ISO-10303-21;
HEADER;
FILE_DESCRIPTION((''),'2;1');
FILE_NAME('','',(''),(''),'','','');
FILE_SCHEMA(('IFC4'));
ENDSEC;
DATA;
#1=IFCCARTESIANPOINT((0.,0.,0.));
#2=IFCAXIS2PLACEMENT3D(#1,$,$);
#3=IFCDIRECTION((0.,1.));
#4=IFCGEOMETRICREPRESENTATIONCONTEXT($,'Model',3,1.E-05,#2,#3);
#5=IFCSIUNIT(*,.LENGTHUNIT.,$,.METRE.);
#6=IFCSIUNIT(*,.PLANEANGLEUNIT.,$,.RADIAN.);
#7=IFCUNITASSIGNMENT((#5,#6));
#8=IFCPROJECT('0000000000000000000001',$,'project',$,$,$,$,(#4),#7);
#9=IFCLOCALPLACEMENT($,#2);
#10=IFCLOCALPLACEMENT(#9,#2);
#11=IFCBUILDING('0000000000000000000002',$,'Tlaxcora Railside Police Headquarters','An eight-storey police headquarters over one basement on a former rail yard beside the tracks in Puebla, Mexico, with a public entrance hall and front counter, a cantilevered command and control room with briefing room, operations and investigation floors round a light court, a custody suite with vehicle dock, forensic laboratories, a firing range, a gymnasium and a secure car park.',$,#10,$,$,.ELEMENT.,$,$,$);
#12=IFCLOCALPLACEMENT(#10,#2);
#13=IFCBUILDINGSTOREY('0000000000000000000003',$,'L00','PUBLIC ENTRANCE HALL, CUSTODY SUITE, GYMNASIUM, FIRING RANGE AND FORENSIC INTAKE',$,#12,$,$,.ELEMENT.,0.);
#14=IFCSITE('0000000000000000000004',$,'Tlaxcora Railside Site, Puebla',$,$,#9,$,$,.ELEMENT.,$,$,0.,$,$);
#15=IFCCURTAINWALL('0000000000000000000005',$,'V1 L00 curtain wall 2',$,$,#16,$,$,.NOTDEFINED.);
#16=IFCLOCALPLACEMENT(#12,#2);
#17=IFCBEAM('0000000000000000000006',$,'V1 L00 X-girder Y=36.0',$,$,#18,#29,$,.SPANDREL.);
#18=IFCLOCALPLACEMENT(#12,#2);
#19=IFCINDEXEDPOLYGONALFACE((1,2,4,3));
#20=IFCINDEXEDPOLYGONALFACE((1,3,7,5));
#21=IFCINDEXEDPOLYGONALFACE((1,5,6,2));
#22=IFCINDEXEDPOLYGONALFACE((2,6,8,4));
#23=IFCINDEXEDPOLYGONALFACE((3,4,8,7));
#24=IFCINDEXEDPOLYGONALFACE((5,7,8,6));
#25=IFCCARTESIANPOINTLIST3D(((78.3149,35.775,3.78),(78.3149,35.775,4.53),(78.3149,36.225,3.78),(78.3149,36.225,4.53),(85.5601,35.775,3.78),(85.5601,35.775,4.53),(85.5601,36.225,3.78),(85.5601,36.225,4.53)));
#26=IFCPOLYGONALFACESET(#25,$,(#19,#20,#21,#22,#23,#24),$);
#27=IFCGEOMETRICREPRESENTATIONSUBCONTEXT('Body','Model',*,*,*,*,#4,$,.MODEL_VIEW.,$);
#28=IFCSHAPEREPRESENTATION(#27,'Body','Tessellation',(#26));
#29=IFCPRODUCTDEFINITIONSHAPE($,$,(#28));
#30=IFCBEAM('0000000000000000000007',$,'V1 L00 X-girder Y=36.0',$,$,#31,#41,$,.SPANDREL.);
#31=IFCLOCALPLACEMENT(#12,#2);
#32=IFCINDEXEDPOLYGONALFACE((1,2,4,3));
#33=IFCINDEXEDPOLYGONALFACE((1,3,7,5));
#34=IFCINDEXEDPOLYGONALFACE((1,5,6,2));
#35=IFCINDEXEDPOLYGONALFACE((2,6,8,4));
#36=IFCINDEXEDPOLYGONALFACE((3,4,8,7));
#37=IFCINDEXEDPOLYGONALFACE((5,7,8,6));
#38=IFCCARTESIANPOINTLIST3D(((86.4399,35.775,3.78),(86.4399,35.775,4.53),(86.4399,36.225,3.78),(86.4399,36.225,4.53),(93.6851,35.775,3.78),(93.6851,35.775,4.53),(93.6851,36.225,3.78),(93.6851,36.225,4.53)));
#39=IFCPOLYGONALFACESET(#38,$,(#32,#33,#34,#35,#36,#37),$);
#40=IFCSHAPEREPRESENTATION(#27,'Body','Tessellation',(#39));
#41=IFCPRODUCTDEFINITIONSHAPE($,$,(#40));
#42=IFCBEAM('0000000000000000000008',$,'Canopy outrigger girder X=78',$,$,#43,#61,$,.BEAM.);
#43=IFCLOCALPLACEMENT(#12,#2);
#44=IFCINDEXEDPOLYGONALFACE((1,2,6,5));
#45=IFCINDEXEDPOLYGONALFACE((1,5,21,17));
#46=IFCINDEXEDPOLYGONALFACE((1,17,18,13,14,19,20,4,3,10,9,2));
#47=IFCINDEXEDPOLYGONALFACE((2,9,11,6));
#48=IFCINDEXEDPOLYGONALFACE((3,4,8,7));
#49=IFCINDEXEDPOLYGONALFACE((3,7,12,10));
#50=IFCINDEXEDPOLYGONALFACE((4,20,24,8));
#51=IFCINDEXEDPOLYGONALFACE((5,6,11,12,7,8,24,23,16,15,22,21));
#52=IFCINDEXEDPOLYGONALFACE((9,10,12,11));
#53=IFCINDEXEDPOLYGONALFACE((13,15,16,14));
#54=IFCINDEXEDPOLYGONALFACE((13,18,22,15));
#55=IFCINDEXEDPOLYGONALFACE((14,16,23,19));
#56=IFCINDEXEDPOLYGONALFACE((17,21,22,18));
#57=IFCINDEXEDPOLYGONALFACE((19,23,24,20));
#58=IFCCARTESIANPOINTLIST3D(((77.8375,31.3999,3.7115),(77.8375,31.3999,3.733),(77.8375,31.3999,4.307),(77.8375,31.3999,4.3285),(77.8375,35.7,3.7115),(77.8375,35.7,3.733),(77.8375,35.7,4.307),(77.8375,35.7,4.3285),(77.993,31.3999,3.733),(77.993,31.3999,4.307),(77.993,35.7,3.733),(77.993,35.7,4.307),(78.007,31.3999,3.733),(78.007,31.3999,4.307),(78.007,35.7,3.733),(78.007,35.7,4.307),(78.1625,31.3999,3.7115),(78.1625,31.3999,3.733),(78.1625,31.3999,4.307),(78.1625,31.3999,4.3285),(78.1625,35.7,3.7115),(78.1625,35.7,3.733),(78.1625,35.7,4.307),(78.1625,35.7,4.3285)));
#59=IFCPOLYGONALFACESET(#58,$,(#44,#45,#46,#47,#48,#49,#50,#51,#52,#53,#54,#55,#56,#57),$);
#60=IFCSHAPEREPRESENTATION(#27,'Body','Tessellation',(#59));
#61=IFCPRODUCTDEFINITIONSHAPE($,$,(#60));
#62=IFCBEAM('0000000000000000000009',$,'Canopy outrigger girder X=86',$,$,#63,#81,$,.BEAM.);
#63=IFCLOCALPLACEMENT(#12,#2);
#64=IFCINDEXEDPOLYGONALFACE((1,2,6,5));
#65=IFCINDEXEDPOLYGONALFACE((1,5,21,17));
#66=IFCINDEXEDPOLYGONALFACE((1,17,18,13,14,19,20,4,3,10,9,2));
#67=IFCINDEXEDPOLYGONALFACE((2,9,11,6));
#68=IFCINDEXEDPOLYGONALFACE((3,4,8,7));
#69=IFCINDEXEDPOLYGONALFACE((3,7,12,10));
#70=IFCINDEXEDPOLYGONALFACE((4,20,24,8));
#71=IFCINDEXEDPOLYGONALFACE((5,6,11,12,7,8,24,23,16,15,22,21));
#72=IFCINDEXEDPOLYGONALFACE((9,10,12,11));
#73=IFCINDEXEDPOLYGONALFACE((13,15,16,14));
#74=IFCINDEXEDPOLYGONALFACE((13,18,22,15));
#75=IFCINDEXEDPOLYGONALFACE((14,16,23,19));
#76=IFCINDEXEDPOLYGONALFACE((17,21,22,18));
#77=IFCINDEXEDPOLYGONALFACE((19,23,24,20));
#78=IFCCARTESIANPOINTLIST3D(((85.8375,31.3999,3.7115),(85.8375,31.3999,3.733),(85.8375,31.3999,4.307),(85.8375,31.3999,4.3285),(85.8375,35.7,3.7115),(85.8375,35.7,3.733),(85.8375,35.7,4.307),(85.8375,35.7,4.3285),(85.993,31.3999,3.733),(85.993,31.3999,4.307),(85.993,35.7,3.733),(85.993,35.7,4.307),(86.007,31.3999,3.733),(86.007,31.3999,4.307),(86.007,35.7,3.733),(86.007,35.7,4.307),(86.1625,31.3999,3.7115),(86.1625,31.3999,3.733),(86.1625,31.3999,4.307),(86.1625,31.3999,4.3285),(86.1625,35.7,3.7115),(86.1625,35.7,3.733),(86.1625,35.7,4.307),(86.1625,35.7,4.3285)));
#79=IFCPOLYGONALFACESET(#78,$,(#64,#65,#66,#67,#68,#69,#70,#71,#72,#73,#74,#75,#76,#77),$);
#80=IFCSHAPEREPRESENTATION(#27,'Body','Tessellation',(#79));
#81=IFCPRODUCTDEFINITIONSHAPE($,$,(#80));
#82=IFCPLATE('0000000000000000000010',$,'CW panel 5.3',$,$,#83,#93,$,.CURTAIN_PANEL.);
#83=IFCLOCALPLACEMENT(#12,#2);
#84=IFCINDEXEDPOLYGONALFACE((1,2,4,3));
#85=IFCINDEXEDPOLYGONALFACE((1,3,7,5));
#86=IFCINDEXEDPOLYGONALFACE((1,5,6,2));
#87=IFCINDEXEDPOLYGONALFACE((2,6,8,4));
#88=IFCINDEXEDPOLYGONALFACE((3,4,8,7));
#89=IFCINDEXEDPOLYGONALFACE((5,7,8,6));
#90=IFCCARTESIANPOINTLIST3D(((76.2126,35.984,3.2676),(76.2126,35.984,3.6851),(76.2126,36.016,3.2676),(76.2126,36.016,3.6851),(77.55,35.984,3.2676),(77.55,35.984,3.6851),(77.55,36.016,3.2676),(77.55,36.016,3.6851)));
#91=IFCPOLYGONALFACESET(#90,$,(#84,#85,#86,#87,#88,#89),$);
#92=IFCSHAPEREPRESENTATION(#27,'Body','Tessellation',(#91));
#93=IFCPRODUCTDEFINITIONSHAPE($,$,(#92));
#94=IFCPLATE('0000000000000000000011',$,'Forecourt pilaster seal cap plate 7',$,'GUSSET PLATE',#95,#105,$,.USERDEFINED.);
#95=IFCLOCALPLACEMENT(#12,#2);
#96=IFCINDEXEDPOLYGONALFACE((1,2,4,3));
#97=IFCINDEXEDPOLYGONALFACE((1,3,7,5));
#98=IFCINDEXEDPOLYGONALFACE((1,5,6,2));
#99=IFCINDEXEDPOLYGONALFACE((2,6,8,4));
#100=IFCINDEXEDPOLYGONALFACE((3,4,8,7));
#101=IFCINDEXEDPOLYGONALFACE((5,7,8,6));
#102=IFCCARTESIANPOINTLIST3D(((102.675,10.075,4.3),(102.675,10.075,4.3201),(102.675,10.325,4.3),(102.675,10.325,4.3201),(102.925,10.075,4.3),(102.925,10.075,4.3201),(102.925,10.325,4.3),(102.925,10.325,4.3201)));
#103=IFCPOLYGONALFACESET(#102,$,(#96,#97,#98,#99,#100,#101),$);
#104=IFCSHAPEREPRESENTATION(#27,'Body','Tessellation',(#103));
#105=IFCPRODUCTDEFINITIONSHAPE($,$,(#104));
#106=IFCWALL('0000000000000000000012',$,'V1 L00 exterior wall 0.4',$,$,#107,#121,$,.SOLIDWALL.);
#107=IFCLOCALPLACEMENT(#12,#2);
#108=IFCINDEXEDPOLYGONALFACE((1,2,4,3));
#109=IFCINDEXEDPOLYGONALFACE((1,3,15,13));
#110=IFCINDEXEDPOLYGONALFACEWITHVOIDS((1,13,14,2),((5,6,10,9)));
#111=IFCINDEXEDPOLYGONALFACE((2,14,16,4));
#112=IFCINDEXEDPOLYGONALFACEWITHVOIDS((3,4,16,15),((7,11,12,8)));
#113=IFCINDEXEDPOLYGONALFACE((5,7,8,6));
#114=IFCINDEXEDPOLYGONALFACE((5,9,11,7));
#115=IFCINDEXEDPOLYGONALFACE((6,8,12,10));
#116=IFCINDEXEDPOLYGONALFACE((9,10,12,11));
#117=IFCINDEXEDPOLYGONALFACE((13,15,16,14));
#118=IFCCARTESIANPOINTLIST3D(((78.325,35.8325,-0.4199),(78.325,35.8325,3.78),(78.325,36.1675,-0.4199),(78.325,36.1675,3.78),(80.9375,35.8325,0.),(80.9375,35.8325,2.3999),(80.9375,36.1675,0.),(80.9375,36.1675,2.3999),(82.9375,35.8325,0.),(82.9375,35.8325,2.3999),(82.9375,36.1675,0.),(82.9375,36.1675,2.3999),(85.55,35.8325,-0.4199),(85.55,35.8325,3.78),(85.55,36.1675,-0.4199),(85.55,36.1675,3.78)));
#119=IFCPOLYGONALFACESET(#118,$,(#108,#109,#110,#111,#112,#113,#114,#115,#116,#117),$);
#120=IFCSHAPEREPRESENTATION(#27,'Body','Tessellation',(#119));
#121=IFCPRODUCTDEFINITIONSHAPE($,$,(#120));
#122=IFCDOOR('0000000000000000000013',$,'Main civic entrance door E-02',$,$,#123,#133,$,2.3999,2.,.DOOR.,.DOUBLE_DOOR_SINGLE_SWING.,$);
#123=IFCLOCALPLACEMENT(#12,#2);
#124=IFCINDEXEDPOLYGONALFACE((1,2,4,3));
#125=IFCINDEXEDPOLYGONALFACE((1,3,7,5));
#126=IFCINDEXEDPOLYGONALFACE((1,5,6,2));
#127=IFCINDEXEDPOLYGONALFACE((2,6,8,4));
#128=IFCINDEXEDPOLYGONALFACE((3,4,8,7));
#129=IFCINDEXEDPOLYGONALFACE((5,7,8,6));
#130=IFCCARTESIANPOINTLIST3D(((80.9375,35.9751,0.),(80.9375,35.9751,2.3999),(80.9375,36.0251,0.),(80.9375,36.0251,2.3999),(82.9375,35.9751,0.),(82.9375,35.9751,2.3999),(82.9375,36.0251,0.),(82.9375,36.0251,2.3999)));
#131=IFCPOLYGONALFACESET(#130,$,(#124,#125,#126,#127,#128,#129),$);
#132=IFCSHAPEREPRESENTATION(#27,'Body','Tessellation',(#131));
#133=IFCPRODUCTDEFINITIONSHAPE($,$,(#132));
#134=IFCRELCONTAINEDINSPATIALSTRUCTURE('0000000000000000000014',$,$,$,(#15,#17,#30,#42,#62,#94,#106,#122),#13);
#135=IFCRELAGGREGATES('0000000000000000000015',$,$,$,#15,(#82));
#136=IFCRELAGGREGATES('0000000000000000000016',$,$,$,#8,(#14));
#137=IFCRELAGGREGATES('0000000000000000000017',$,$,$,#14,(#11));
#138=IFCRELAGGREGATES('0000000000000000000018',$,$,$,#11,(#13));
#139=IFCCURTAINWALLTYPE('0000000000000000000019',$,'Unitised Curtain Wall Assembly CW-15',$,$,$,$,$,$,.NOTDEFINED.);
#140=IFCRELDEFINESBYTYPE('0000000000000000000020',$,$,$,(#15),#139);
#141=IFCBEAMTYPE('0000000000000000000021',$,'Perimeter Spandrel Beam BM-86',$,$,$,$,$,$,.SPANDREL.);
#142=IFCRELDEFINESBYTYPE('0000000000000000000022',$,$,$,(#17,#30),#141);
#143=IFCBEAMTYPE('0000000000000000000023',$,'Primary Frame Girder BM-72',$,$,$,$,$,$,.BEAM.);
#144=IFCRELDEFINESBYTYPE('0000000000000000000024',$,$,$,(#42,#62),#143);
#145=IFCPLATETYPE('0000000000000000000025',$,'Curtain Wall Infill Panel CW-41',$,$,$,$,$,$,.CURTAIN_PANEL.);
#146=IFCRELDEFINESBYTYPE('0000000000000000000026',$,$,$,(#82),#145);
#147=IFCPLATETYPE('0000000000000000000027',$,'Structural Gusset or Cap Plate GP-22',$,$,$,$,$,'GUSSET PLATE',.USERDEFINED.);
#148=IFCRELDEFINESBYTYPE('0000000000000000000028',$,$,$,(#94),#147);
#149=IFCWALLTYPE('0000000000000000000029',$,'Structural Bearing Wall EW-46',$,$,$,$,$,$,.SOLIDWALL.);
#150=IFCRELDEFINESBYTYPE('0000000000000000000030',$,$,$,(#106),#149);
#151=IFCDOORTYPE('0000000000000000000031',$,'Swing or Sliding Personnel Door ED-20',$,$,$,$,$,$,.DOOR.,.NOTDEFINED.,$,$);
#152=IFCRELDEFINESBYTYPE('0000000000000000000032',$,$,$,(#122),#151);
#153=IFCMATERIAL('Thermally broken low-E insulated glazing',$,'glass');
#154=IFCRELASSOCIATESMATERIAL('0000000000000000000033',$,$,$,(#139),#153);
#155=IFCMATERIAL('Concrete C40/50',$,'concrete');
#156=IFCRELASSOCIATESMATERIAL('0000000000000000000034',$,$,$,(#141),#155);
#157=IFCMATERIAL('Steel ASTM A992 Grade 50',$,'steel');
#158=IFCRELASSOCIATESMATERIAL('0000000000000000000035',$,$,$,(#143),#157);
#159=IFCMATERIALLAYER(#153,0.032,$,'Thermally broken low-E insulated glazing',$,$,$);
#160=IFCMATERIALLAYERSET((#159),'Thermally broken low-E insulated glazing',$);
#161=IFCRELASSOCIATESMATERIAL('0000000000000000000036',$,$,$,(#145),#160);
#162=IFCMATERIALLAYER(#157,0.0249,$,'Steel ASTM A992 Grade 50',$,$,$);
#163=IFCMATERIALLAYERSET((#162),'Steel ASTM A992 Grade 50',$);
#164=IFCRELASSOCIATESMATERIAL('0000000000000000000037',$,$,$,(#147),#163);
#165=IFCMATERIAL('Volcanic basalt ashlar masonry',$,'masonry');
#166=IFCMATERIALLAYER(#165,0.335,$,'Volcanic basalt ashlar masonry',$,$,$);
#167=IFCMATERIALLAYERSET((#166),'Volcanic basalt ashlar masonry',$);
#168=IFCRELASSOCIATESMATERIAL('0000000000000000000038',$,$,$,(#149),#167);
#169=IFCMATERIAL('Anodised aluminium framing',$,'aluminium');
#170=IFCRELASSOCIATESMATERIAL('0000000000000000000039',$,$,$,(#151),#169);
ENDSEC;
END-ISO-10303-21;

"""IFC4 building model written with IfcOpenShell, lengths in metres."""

from ifc_helpers import new_model, si_unit, direction, frame, frame_2d, origin, origin_2d, place, context, subcontext, project, spatial, rectangle, i_section, extrude, material, layer, layer_set, material_profile, profile_set, type_object, element, fill, aggregate, save


model = new_model("IFC4")

# Units and contexts
model_context = context("Model", 3, precision=1e-05, world=origin(), true_north=direction((0.0, 1.0)))
body_context = subcontext(model_context, "Body", "Model", "MODEL_VIEW")
ifc_project = project(units=[si_unit("LENGTHUNIT", "METRE"), si_unit("PLANEANGLEUNIT", "RADIAN")], contexts=[model_context])

# Site, building, storey
site_placement = place(None, origin())
site = spatial("IfcSite", under=ifc_project, at=site_placement, Name="Tlaxcora Railside Site, Puebla", CompositionType="ELEMENT", RefElevation=0.0)
building_placement = place(site_placement, origin())
building = spatial("IfcBuilding", under=site, at=building_placement, Name="Tlaxcora Railside Police Headquarters", Description="An eight-storey police headquarters over one basement on a former rail yard beside the tracks in Puebla, Mexico, with a public entrance hall and front counter, a cantilevered command and control room with briefing room, operations and investigation floors round a light court, a custody suite with vehicle dock, forensic laboratories, a firing range, a gymnasium and a secure car park.", CompositionType="ELEMENT")
storey_placement = place(building_placement, origin())
storey = spatial("IfcBuildingStorey", under=building, at=storey_placement, Name="L00", Description="PUBLIC ENTRANCE HALL, CUSTODY SUITE, GYMNASIUM, FIRING RANGE AND FORENSIC INTAKE", CompositionType="ELEMENT", Elevation=0.0)

# Shared definitions
ifc_material_1 = material(Name="Concrete C40/50", Category="concrete")

# Shared definitions
ifc_material_2 = material(Name="Steel ASTM A992 Grade 50", Category="steel")

# Curtain wall
ifc_material_3 = material(Name="Thermally broken low-E insulated glazing", Category="glass")
curtain_wall_type_1 = type_object("IfcCurtainWallType", Name="Unitised Curtain Wall Assembly CW-15", PredefinedType="NOTDEFINED", material=ifc_material_3)
curtain_wall_1_placement = place(storey_placement, origin())
curtain_wall_1 = element("IfcCurtainWall", 1, at=curtain_wall_1_placement, inside=storey, type_object=curtain_wall_type_1, Name="V1 L00 curtain wall 2", PredefinedType="NOTDEFINED")
ifc_material_4 = material(Name="Anodised aluminium framing", Category="aluminium")

# Beams
ifc_material_profile_1 = material_profile(ifc_material_1, rectangle(XDim=0.45, YDim=0.75, at=origin_2d()), Name="RC450X750")
ifc_profile_set_1 = profile_set([ifc_material_profile_1], Name="Concrete C40/50")
beam_type_1 = type_object("IfcBeamType", Name="Perimeter Spandrel Beam BM-86", PredefinedType="SPANDREL", material=ifc_profile_set_1)
for number, where, z_axis, x_axis, name in (
    (2, (78.3149, 36.0, 4.155), (1.0, 0.0, 0.0), (0.0, 1.0, 0.0), "V1 L00 X-girder Y=36.0"),
    (3, (86.4399, 36.0, 4.155), (1.0, 0.0, 0.0), (0.0, 1.0, 0.0), "V1 L00 X-girder Y=36.0"),
):
    element("IfcBeam", number, at=place(storey_placement, frame(where, z_axis=z_axis, x_axis=x_axis)), inside=storey, type_object=beam_type_1, Name=name, PredefinedType="SPANDREL", context=body_context, shape_type="SweptSolid", body=[
        extrude(rectangle(XDim=0.45, YDim=0.75, at=origin_2d()), origin(), (0.0, 0.0, 1.0), 7.2451),
    ])
ifc_material_profile_2 = material_profile(ifc_material_2, i_section(OverallWidth=0.325, OverallDepth=0.6169, WebThickness=0.0139, FlangeThickness=0.0215, at=origin_2d()), Name="W24X117")
ifc_profile_set_2 = profile_set([ifc_material_profile_2], Name="Steel ASTM A992 Grade 50")
beam_type_2 = type_object("IfcBeamType", Name="Primary Frame Girder BM-72", PredefinedType="BEAM", material=ifc_profile_set_2)
for number, where, z_axis, x_axis, name in (
    (4, (78.0, 31.3999, 4.02), (0.0, 1.0, 0.0), (-1.0, 0.0, 0.0), "Canopy outrigger girder X=78"),
    (5, (86.0, 31.3999, 4.02), (0.0, 1.0, 0.0), (-1.0, 0.0, 0.0), "Canopy outrigger girder X=86"),
):
    element("IfcBeam", number, at=place(storey_placement, frame(where, z_axis=z_axis, x_axis=x_axis)), inside=storey, type_object=beam_type_2, Name=name, PredefinedType="BEAM", context=body_context, shape_type="SweptSolid", body=[
        extrude(i_section(OverallWidth=0.325, OverallDepth=0.6169, WebThickness=0.0139, FlangeThickness=0.0215, at=origin_2d()), origin(), (0.0, 0.0, 1.0), 4.3),
    ])

# Plates
ifc_layer_1 = layer(ifc_material_3, 0.032, Name="Thermally broken low-E insulated glazing")
ifc_layer_set_1 = layer_set([ifc_layer_1], Name="Thermally broken low-E insulated glazing")
plate_type_1 = type_object("IfcPlateType", Name="Curtain Wall Infill Panel CW-41", PredefinedType="CURTAIN_PANEL", material=ifc_layer_set_1)
plate_1_placement = place(storey_placement, frame((76.8813, 36.0, 3.2676), z_axis=(0.0, 0.0, 1.0), x_axis=(1.0, 0.0, 0.0)))
plate_1 = element("IfcPlate", 6, at=plate_1_placement, type_object=plate_type_1, Name="CW panel 5.3", PredefinedType="CURTAIN_PANEL", context=body_context, shape_type="SweptSolid", body=[
    extrude(rectangle(XDim=1.3374, YDim=0.032, at=origin_2d()), origin(), (0.0, 0.0, 1.0), 0.4175),
])
aggregate(curtain_wall_1, [plate_1])
ifc_layer_2 = layer(ifc_material_2, 0.0249, Name="Steel ASTM A992 Grade 50")
ifc_layer_set_2 = layer_set([ifc_layer_2], Name="Steel ASTM A992 Grade 50")
plate_type_2 = type_object("IfcPlateType", Name="Structural Gusset or Cap Plate GP-22", ElementType="GUSSET PLATE", PredefinedType="USERDEFINED", material=ifc_layer_set_2)
plate_2_placement = place(storey_placement, frame((102.8, 10.2, 4.3), z_axis=(0.0, 0.0, 1.0), x_axis=(1.0, 0.0, 0.0)))
element("IfcPlate", 7, at=plate_2_placement, inside=storey, type_object=plate_type_2, Name="Forecourt pilaster seal cap plate 7", ObjectType="GUSSET PLATE", PredefinedType="USERDEFINED", context=body_context, shape_type="SweptSolid", body=[
    extrude(rectangle(XDim=0.25, YDim=0.25, at=origin_2d()), origin(), (0.0, 0.0, 1.0), 0.02),
])

# Wall, opening, door
ifc_material_5 = material(Name="Volcanic basalt ashlar masonry", Category="masonry")
ifc_layer_3 = layer(ifc_material_5, 0.335, Name="Volcanic basalt ashlar masonry")
ifc_layer_set_3 = layer_set([ifc_layer_3], Name="Volcanic basalt ashlar masonry")
wall_type = type_object("IfcWallType", Name="Structural Bearing Wall EW-46", PredefinedType="SOLIDWALL", material=ifc_layer_set_3)
wall_placement = place(storey_placement, frame((78.325, 36.0, -0.4199), z_axis=(0.0, 0.0, 1.0), x_axis=(1.0, 0.0, 0.0)))
wall = element("IfcWall", 8, at=wall_placement, inside=storey, type_object=wall_type, Name="V1 L00 exterior wall 0.4", PredefinedType="SOLIDWALL", context=body_context, shape_type="SweptSolid", body=[
    extrude(rectangle(XDim=7.2251, YDim=0.335, at=frame_2d((3.6125, 0.0))), origin(), (0.0, 0.0, 1.0), 4.2),
])
opening_placement = place(wall_placement, frame((2.6125, 0.0, 0.4199)))
opening = element("IfcOpeningElement", 9, at=opening_placement, cuts=wall, PredefinedType="OPENING", context=body_context, shape_type="SweptSolid", body=[
    extrude(rectangle(XDim=2.0, YDim=2.3999, at=frame_2d((1.0, 1.2))), frame((0.0, 0.1775, 0.0), z_axis=(0.0, -1.0, 0.0), x_axis=(1.0, 0.0, 0.0)), (0.0, 0.0, 1.0), 0.355),
])
door_type = type_object("IfcDoorType", Name="Swing or Sliding Personnel Door ED-20", OperationType="NOTDEFINED", PredefinedType="DOOR", material=ifc_material_4)
door_placement = place(opening_placement, frame((2.0, 0.0, 0.0), z_axis=(0.0, 0.0, 1.0), x_axis=(-1.0, 0.0, 0.0)))
door = element("IfcDoor", 10, at=door_placement, inside=storey, type_object=door_type, Name="Main civic entrance door E-02", OperationType="DOUBLE_DOOR_SINGLE_SWING", OverallHeight=2.3999, OverallWidth=2.0, PredefinedType="DOOR", context=body_context, shape_type="SweptSolid", body=[
    extrude(rectangle(XDim=2.0, YDim=2.3999, at=frame_2d((1.0, 1.2))), frame((0.0, 0.0249, 0.0), z_axis=(0.0, -1.0, 0.0), x_axis=(1.0, 0.0, 0.0)), (0.0, 0.0, 1.0), 0.05),
])
fill(opening, door)

save(model, "model.ifc")
